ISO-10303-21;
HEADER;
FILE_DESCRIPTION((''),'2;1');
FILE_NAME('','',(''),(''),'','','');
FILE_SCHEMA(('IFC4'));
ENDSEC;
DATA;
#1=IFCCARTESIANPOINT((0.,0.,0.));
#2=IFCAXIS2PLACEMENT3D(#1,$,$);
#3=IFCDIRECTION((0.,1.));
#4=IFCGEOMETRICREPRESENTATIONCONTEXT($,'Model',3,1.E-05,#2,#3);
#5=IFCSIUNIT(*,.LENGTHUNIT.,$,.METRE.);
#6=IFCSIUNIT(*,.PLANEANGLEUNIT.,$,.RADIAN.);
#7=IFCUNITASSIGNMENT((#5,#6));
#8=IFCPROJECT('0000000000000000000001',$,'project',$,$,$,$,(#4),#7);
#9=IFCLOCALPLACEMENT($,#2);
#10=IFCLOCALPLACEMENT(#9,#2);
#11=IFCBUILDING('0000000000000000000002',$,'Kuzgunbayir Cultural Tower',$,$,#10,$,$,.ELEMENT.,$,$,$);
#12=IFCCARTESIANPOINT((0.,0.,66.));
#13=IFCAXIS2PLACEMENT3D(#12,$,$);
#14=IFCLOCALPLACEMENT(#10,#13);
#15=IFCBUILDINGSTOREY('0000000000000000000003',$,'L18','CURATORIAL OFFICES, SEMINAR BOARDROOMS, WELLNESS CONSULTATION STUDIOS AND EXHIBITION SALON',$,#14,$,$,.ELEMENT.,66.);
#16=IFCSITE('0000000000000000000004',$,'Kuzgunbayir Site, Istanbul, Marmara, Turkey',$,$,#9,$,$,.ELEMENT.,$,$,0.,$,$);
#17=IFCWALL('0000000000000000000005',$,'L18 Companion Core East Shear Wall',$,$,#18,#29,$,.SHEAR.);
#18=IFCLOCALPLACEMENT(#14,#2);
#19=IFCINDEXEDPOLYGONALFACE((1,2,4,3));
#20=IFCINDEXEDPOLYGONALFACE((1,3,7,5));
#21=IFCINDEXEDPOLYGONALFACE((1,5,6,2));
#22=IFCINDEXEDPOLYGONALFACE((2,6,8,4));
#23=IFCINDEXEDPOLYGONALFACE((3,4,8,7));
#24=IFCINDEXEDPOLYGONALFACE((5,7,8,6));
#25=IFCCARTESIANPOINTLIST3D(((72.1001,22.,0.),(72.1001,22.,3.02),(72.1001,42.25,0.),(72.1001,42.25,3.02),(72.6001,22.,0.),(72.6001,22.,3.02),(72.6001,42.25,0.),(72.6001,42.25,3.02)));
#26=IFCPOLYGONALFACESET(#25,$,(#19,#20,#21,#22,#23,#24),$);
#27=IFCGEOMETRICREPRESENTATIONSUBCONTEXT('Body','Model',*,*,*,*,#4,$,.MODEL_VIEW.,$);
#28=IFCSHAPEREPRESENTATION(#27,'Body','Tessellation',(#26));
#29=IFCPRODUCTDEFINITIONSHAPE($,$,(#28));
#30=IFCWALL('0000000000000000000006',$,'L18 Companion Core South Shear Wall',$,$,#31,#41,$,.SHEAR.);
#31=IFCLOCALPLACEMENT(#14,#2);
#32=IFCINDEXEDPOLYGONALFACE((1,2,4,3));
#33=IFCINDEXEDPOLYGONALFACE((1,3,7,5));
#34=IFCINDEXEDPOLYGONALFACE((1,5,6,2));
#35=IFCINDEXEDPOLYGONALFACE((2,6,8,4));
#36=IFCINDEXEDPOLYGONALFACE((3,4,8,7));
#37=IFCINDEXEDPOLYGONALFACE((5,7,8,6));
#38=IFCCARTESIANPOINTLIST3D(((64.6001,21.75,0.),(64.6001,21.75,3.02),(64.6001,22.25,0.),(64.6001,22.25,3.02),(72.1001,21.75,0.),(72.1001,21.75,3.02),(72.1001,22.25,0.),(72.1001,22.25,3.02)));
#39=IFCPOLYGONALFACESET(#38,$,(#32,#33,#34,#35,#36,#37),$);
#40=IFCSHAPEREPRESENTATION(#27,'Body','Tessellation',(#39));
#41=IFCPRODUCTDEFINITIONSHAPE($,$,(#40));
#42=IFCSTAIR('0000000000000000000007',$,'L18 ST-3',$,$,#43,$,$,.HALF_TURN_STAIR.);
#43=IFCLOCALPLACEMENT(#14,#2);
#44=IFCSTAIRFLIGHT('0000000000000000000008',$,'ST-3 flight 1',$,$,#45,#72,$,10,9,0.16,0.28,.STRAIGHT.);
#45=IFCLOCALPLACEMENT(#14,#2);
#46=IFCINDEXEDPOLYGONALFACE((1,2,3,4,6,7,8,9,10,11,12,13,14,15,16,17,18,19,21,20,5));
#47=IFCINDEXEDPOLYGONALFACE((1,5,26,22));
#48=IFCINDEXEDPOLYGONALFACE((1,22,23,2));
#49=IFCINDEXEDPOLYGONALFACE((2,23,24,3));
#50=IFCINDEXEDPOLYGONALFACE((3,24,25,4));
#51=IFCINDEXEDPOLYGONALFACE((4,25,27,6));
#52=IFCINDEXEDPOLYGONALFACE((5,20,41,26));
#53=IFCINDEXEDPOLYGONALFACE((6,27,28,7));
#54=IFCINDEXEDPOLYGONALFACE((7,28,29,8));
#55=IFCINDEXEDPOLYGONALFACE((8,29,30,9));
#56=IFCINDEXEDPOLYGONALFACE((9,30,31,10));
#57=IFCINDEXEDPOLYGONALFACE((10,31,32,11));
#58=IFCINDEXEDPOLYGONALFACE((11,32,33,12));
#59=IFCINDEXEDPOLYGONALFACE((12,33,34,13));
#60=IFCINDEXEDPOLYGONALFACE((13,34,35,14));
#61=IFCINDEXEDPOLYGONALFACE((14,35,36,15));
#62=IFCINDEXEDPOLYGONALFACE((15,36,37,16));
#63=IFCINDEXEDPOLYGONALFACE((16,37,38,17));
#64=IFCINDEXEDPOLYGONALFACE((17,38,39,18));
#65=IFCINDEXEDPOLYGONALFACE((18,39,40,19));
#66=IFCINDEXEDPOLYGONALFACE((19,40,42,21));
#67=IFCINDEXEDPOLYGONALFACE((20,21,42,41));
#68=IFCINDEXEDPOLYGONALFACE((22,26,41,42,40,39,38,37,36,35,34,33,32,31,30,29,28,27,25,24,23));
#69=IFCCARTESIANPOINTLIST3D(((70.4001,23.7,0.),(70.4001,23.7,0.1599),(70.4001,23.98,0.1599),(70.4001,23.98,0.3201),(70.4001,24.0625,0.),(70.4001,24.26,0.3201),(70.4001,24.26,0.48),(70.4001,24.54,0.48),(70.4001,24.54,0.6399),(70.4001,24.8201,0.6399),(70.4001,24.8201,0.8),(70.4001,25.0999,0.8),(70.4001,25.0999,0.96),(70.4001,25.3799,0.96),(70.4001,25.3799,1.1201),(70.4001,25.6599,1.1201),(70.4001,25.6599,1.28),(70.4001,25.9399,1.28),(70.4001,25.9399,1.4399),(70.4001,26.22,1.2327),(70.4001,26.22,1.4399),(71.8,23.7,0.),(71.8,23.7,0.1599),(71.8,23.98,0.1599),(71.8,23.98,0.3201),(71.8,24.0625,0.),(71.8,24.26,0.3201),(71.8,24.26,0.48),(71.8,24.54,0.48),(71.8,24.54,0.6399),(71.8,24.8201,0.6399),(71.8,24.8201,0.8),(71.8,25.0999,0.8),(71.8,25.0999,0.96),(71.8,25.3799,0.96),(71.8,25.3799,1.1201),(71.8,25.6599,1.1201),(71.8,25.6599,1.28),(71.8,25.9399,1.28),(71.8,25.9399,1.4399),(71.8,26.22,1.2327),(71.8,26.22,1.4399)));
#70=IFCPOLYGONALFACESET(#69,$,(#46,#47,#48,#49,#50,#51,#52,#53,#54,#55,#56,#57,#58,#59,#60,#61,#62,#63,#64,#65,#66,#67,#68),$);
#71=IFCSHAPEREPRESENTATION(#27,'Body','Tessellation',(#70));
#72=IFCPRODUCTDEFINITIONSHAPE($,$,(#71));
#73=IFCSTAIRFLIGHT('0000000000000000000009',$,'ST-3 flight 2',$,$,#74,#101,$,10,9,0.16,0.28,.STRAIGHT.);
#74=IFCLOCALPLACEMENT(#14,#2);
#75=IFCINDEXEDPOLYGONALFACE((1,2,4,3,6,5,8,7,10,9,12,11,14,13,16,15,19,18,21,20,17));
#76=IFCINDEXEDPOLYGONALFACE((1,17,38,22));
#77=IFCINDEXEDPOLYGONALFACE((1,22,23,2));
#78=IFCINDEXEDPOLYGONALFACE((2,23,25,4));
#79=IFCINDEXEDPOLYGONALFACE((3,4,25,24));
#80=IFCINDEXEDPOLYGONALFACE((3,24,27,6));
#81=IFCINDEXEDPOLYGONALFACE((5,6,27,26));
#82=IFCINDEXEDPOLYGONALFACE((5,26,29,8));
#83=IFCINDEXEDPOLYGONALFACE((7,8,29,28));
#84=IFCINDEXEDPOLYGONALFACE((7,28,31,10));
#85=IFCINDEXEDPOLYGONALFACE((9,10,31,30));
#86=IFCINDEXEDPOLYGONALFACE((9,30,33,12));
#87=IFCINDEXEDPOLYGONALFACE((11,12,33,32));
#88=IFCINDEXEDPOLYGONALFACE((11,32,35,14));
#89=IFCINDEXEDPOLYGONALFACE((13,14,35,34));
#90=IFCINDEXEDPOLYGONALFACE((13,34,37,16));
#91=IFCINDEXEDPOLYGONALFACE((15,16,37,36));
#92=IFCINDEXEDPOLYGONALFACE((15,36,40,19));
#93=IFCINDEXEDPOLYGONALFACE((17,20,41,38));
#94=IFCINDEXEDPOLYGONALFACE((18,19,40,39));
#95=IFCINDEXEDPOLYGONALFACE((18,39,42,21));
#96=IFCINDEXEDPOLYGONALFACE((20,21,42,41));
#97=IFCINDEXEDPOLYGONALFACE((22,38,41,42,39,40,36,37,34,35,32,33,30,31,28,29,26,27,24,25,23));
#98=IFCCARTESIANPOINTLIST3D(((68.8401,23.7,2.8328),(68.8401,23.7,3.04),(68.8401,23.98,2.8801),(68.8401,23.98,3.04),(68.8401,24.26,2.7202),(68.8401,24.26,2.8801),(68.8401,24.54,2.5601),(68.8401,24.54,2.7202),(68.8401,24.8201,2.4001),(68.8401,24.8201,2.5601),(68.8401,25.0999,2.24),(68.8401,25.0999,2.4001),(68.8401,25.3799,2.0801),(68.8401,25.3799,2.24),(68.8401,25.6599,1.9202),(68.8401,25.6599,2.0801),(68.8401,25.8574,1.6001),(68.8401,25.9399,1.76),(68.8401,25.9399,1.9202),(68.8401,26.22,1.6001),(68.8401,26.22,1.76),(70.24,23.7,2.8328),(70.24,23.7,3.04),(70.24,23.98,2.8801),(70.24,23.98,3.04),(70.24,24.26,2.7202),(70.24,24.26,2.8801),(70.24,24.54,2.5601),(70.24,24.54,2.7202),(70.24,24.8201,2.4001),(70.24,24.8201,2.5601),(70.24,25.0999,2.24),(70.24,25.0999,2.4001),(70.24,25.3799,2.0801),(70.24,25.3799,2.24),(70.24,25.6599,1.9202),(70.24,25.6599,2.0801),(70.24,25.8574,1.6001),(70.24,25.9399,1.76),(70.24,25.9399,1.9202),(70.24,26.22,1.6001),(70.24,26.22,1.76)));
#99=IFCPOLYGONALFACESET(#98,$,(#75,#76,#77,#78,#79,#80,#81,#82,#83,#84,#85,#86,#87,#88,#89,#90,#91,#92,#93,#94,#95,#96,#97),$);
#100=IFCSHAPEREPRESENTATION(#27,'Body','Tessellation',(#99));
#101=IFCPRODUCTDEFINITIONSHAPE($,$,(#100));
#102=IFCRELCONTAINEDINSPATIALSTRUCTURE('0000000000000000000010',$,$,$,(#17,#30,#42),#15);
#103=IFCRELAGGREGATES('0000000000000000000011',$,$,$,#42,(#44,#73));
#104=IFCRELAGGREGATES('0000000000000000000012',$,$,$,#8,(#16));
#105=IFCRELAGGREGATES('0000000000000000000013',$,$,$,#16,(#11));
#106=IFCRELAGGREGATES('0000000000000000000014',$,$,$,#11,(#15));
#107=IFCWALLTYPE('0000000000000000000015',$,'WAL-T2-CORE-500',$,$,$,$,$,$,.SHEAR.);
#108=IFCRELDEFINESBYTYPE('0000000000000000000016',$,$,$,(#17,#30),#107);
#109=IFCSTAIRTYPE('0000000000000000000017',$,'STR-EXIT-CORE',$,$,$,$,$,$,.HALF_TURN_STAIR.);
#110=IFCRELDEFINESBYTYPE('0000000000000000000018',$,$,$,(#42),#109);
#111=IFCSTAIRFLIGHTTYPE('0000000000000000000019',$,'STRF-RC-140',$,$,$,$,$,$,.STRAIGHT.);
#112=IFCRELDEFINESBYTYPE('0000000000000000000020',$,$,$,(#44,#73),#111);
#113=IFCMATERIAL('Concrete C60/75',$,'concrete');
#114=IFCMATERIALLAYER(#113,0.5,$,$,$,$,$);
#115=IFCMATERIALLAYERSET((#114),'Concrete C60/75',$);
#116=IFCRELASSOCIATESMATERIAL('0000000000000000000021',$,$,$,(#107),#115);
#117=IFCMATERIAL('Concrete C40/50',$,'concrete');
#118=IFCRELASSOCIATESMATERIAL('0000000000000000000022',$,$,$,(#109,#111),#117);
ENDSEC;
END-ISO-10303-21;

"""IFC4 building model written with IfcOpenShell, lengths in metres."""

from ifc_helpers import new_model, si_unit, direction, frame, frame_2d, origin, place, context, subcontext, project, spatial, polyline, rectangle, outline, extrude, material, layer, layer_set, type_object, element, aggregate, save


model = new_model("IFC4")

# Units and contexts
model_context = context("Model", 3, precision=1e-05, world=origin(), true_north=direction((0.0, 1.0)))
body_context = subcontext(model_context, "Body", "Model", "MODEL_VIEW")
ifc_project = project(units=[si_unit("LENGTHUNIT", "METRE"), si_unit("PLANEANGLEUNIT", "RADIAN")], contexts=[model_context])

# Site, building, storey
site_placement = place(None, origin())
site = spatial("IfcSite", under=ifc_project, at=site_placement, Name="Kuzgunbayir Site, Istanbul, Marmara, Turkey", CompositionType="ELEMENT", RefElevation=0.0)
building_placement = place(site_placement, origin())
building = spatial("IfcBuilding", under=site, at=building_placement, Name="Kuzgunbayir Cultural Tower", CompositionType="ELEMENT")
storey_placement = place(building_placement, frame((0.0, 0.0, 66.0)))
storey = spatial("IfcBuildingStorey", under=building, at=storey_placement, Name="L18", Description="CURATORIAL OFFICES, SEMINAR BOARDROOMS, WELLNESS CONSULTATION STUDIOS AND EXHIBITION SALON", CompositionType="ELEMENT", Elevation=66.0)

# Shared definitions
ifc_material_1 = material(Name="Concrete C60/75", Category="concrete")

# Shared definitions
ifc_material_2 = material(Name="Concrete C40/50", Category="concrete")

# Walls
ifc_layer_1 = layer(ifc_material_1, 0.5)
ifc_layer_set_1 = layer_set([ifc_layer_1], Name="Concrete C60/75")
wall_type_1 = type_object("IfcWallType", Name="WAL-T2-CORE-500", PredefinedType="SHEAR", material=ifc_layer_set_1)
wall_1_placement = place(storey_placement, frame((72.3501, 22.0, 0.0), z_axis=(0.0, 0.0, 1.0), x_axis=(0.0, 1.0, 0.0)))
element("IfcWall", 1, at=wall_1_placement, inside=storey, type_object=wall_type_1, Name="L18 Companion Core East Shear Wall", PredefinedType="SHEAR", context=body_context, shape_type="SweptSolid", body=[
    extrude(rectangle(XDim=20.25, YDim=0.5, at=frame_2d((10.125, 0.0))), origin(), (0.0, 0.0, 1.0), 3.02),
])
wall_2_placement = place(storey_placement, frame((64.6001, 22.0, 0.0), z_axis=(0.0, 0.0, 1.0), x_axis=(1.0, 0.0, 0.0)))
element("IfcWall", 2, at=wall_2_placement, inside=storey, type_object=wall_type_1, Name="L18 Companion Core South Shear Wall", PredefinedType="SHEAR", context=body_context, shape_type="SweptSolid", body=[
    extrude(rectangle(XDim=7.5, YDim=0.5, at=frame_2d((3.75, 0.0))), origin(), (0.0, 0.0, 1.0), 3.02),
])

# Stair, stair flights
stair_type = type_object("IfcStairType", Name="STR-EXIT-CORE", PredefinedType="HALF_TURN_STAIR", material=ifc_material_2)
stair_placement = place(storey_placement, origin())
stair = element("IfcStair", 3, at=stair_placement, inside=storey, type_object=stair_type, Name="L18 ST-3", PredefinedType="HALF_TURN_STAIR")
stair_flight_type = type_object("IfcStairFlightType", Name="STRF-RC-140", PredefinedType="STRAIGHT", material=ifc_material_2)
stair_flight_1_placement = place(storey_placement, frame((71.1001, 23.7, 0.0), z_axis=(0.0, 0.0, 1.0), x_axis=(0.0, 1.0, 0.0)))
stair_flight_1 = element("IfcStairFlight", 4, at=stair_flight_1_placement, type_object=stair_flight_type, Name="ST-3 flight 1", NumberOfRisers=10, NumberOfTreads=9, PredefinedType="STRAIGHT", RiserHeight=0.16, TreadLength=0.28, context=body_context, shape_type="SweptSolid", body=[
    extrude(outline(polyline([(0.0, 0.0), (0.0, 0.1599), (0.28, 0.1599), (0.28, 0.3201), (0.5601, 0.3201), (0.5601, 0.48), (0.8401, 0.48), (0.8401, 0.6399), (1.1201, 0.6399), (1.1201, 0.8), (1.3999, 0.8), (1.3999, 0.96), (1.6799, 0.96), (1.6799, 1.1201), (1.96, 1.1201), (1.96, 1.28), (2.24, 1.28), (2.24, 1.4399), (2.52, 1.4399), (2.52, 1.6001), (2.52, 1.2327), (0.3625, 0.0), (0.0, 0.0)])), frame((0.0, 0.7, 0.0), z_axis=(0.0, -1.0, 0.0), x_axis=(1.0, 0.0, 0.0)), (0.0, 0.0, 1.0), 1.3999),
])
stair_flight_2_placement = place(storey_placement, frame((69.54, 26.22, 1.6001), z_axis=(0.0, 0.0, 1.0), x_axis=(0.0, -1.0, 0.0)))
stair_flight_2 = element("IfcStairFlight", 5, at=stair_flight_2_placement, type_object=stair_flight_type, Name="ST-3 flight 2", NumberOfRisers=10, NumberOfTreads=9, PredefinedType="STRAIGHT", RiserHeight=0.16, TreadLength=0.28, context=body_context, shape_type="SweptSolid", body=[
    extrude(outline(polyline([(0.0, 0.0), (0.0, 0.1599), (0.28, 0.1599), (0.28, 0.3201), (0.5601, 0.3201), (0.5601, 0.48), (0.8401, 0.48), (0.8401, 0.6399), (1.1201, 0.6399), (1.1201, 0.8), (1.3999, 0.8), (1.3999, 0.96), (1.6799, 0.96), (1.6799, 1.1201), (1.96, 1.1201), (1.96, 1.28), (2.24, 1.28), (2.24, 1.4399), (2.52, 1.4399), (2.52, 1.6001), (2.52, 1.2327), (0.3625, 0.0), (0.0, 0.0)])), frame((0.0, 0.7, 0.0), z_axis=(0.0, -1.0, 0.0), x_axis=(1.0, 0.0, 0.0)), (0.0, 0.0, 1.0), 1.3999),
])
aggregate(stair, [stair_flight_1, stair_flight_2])

save(model, "model.ifc")
